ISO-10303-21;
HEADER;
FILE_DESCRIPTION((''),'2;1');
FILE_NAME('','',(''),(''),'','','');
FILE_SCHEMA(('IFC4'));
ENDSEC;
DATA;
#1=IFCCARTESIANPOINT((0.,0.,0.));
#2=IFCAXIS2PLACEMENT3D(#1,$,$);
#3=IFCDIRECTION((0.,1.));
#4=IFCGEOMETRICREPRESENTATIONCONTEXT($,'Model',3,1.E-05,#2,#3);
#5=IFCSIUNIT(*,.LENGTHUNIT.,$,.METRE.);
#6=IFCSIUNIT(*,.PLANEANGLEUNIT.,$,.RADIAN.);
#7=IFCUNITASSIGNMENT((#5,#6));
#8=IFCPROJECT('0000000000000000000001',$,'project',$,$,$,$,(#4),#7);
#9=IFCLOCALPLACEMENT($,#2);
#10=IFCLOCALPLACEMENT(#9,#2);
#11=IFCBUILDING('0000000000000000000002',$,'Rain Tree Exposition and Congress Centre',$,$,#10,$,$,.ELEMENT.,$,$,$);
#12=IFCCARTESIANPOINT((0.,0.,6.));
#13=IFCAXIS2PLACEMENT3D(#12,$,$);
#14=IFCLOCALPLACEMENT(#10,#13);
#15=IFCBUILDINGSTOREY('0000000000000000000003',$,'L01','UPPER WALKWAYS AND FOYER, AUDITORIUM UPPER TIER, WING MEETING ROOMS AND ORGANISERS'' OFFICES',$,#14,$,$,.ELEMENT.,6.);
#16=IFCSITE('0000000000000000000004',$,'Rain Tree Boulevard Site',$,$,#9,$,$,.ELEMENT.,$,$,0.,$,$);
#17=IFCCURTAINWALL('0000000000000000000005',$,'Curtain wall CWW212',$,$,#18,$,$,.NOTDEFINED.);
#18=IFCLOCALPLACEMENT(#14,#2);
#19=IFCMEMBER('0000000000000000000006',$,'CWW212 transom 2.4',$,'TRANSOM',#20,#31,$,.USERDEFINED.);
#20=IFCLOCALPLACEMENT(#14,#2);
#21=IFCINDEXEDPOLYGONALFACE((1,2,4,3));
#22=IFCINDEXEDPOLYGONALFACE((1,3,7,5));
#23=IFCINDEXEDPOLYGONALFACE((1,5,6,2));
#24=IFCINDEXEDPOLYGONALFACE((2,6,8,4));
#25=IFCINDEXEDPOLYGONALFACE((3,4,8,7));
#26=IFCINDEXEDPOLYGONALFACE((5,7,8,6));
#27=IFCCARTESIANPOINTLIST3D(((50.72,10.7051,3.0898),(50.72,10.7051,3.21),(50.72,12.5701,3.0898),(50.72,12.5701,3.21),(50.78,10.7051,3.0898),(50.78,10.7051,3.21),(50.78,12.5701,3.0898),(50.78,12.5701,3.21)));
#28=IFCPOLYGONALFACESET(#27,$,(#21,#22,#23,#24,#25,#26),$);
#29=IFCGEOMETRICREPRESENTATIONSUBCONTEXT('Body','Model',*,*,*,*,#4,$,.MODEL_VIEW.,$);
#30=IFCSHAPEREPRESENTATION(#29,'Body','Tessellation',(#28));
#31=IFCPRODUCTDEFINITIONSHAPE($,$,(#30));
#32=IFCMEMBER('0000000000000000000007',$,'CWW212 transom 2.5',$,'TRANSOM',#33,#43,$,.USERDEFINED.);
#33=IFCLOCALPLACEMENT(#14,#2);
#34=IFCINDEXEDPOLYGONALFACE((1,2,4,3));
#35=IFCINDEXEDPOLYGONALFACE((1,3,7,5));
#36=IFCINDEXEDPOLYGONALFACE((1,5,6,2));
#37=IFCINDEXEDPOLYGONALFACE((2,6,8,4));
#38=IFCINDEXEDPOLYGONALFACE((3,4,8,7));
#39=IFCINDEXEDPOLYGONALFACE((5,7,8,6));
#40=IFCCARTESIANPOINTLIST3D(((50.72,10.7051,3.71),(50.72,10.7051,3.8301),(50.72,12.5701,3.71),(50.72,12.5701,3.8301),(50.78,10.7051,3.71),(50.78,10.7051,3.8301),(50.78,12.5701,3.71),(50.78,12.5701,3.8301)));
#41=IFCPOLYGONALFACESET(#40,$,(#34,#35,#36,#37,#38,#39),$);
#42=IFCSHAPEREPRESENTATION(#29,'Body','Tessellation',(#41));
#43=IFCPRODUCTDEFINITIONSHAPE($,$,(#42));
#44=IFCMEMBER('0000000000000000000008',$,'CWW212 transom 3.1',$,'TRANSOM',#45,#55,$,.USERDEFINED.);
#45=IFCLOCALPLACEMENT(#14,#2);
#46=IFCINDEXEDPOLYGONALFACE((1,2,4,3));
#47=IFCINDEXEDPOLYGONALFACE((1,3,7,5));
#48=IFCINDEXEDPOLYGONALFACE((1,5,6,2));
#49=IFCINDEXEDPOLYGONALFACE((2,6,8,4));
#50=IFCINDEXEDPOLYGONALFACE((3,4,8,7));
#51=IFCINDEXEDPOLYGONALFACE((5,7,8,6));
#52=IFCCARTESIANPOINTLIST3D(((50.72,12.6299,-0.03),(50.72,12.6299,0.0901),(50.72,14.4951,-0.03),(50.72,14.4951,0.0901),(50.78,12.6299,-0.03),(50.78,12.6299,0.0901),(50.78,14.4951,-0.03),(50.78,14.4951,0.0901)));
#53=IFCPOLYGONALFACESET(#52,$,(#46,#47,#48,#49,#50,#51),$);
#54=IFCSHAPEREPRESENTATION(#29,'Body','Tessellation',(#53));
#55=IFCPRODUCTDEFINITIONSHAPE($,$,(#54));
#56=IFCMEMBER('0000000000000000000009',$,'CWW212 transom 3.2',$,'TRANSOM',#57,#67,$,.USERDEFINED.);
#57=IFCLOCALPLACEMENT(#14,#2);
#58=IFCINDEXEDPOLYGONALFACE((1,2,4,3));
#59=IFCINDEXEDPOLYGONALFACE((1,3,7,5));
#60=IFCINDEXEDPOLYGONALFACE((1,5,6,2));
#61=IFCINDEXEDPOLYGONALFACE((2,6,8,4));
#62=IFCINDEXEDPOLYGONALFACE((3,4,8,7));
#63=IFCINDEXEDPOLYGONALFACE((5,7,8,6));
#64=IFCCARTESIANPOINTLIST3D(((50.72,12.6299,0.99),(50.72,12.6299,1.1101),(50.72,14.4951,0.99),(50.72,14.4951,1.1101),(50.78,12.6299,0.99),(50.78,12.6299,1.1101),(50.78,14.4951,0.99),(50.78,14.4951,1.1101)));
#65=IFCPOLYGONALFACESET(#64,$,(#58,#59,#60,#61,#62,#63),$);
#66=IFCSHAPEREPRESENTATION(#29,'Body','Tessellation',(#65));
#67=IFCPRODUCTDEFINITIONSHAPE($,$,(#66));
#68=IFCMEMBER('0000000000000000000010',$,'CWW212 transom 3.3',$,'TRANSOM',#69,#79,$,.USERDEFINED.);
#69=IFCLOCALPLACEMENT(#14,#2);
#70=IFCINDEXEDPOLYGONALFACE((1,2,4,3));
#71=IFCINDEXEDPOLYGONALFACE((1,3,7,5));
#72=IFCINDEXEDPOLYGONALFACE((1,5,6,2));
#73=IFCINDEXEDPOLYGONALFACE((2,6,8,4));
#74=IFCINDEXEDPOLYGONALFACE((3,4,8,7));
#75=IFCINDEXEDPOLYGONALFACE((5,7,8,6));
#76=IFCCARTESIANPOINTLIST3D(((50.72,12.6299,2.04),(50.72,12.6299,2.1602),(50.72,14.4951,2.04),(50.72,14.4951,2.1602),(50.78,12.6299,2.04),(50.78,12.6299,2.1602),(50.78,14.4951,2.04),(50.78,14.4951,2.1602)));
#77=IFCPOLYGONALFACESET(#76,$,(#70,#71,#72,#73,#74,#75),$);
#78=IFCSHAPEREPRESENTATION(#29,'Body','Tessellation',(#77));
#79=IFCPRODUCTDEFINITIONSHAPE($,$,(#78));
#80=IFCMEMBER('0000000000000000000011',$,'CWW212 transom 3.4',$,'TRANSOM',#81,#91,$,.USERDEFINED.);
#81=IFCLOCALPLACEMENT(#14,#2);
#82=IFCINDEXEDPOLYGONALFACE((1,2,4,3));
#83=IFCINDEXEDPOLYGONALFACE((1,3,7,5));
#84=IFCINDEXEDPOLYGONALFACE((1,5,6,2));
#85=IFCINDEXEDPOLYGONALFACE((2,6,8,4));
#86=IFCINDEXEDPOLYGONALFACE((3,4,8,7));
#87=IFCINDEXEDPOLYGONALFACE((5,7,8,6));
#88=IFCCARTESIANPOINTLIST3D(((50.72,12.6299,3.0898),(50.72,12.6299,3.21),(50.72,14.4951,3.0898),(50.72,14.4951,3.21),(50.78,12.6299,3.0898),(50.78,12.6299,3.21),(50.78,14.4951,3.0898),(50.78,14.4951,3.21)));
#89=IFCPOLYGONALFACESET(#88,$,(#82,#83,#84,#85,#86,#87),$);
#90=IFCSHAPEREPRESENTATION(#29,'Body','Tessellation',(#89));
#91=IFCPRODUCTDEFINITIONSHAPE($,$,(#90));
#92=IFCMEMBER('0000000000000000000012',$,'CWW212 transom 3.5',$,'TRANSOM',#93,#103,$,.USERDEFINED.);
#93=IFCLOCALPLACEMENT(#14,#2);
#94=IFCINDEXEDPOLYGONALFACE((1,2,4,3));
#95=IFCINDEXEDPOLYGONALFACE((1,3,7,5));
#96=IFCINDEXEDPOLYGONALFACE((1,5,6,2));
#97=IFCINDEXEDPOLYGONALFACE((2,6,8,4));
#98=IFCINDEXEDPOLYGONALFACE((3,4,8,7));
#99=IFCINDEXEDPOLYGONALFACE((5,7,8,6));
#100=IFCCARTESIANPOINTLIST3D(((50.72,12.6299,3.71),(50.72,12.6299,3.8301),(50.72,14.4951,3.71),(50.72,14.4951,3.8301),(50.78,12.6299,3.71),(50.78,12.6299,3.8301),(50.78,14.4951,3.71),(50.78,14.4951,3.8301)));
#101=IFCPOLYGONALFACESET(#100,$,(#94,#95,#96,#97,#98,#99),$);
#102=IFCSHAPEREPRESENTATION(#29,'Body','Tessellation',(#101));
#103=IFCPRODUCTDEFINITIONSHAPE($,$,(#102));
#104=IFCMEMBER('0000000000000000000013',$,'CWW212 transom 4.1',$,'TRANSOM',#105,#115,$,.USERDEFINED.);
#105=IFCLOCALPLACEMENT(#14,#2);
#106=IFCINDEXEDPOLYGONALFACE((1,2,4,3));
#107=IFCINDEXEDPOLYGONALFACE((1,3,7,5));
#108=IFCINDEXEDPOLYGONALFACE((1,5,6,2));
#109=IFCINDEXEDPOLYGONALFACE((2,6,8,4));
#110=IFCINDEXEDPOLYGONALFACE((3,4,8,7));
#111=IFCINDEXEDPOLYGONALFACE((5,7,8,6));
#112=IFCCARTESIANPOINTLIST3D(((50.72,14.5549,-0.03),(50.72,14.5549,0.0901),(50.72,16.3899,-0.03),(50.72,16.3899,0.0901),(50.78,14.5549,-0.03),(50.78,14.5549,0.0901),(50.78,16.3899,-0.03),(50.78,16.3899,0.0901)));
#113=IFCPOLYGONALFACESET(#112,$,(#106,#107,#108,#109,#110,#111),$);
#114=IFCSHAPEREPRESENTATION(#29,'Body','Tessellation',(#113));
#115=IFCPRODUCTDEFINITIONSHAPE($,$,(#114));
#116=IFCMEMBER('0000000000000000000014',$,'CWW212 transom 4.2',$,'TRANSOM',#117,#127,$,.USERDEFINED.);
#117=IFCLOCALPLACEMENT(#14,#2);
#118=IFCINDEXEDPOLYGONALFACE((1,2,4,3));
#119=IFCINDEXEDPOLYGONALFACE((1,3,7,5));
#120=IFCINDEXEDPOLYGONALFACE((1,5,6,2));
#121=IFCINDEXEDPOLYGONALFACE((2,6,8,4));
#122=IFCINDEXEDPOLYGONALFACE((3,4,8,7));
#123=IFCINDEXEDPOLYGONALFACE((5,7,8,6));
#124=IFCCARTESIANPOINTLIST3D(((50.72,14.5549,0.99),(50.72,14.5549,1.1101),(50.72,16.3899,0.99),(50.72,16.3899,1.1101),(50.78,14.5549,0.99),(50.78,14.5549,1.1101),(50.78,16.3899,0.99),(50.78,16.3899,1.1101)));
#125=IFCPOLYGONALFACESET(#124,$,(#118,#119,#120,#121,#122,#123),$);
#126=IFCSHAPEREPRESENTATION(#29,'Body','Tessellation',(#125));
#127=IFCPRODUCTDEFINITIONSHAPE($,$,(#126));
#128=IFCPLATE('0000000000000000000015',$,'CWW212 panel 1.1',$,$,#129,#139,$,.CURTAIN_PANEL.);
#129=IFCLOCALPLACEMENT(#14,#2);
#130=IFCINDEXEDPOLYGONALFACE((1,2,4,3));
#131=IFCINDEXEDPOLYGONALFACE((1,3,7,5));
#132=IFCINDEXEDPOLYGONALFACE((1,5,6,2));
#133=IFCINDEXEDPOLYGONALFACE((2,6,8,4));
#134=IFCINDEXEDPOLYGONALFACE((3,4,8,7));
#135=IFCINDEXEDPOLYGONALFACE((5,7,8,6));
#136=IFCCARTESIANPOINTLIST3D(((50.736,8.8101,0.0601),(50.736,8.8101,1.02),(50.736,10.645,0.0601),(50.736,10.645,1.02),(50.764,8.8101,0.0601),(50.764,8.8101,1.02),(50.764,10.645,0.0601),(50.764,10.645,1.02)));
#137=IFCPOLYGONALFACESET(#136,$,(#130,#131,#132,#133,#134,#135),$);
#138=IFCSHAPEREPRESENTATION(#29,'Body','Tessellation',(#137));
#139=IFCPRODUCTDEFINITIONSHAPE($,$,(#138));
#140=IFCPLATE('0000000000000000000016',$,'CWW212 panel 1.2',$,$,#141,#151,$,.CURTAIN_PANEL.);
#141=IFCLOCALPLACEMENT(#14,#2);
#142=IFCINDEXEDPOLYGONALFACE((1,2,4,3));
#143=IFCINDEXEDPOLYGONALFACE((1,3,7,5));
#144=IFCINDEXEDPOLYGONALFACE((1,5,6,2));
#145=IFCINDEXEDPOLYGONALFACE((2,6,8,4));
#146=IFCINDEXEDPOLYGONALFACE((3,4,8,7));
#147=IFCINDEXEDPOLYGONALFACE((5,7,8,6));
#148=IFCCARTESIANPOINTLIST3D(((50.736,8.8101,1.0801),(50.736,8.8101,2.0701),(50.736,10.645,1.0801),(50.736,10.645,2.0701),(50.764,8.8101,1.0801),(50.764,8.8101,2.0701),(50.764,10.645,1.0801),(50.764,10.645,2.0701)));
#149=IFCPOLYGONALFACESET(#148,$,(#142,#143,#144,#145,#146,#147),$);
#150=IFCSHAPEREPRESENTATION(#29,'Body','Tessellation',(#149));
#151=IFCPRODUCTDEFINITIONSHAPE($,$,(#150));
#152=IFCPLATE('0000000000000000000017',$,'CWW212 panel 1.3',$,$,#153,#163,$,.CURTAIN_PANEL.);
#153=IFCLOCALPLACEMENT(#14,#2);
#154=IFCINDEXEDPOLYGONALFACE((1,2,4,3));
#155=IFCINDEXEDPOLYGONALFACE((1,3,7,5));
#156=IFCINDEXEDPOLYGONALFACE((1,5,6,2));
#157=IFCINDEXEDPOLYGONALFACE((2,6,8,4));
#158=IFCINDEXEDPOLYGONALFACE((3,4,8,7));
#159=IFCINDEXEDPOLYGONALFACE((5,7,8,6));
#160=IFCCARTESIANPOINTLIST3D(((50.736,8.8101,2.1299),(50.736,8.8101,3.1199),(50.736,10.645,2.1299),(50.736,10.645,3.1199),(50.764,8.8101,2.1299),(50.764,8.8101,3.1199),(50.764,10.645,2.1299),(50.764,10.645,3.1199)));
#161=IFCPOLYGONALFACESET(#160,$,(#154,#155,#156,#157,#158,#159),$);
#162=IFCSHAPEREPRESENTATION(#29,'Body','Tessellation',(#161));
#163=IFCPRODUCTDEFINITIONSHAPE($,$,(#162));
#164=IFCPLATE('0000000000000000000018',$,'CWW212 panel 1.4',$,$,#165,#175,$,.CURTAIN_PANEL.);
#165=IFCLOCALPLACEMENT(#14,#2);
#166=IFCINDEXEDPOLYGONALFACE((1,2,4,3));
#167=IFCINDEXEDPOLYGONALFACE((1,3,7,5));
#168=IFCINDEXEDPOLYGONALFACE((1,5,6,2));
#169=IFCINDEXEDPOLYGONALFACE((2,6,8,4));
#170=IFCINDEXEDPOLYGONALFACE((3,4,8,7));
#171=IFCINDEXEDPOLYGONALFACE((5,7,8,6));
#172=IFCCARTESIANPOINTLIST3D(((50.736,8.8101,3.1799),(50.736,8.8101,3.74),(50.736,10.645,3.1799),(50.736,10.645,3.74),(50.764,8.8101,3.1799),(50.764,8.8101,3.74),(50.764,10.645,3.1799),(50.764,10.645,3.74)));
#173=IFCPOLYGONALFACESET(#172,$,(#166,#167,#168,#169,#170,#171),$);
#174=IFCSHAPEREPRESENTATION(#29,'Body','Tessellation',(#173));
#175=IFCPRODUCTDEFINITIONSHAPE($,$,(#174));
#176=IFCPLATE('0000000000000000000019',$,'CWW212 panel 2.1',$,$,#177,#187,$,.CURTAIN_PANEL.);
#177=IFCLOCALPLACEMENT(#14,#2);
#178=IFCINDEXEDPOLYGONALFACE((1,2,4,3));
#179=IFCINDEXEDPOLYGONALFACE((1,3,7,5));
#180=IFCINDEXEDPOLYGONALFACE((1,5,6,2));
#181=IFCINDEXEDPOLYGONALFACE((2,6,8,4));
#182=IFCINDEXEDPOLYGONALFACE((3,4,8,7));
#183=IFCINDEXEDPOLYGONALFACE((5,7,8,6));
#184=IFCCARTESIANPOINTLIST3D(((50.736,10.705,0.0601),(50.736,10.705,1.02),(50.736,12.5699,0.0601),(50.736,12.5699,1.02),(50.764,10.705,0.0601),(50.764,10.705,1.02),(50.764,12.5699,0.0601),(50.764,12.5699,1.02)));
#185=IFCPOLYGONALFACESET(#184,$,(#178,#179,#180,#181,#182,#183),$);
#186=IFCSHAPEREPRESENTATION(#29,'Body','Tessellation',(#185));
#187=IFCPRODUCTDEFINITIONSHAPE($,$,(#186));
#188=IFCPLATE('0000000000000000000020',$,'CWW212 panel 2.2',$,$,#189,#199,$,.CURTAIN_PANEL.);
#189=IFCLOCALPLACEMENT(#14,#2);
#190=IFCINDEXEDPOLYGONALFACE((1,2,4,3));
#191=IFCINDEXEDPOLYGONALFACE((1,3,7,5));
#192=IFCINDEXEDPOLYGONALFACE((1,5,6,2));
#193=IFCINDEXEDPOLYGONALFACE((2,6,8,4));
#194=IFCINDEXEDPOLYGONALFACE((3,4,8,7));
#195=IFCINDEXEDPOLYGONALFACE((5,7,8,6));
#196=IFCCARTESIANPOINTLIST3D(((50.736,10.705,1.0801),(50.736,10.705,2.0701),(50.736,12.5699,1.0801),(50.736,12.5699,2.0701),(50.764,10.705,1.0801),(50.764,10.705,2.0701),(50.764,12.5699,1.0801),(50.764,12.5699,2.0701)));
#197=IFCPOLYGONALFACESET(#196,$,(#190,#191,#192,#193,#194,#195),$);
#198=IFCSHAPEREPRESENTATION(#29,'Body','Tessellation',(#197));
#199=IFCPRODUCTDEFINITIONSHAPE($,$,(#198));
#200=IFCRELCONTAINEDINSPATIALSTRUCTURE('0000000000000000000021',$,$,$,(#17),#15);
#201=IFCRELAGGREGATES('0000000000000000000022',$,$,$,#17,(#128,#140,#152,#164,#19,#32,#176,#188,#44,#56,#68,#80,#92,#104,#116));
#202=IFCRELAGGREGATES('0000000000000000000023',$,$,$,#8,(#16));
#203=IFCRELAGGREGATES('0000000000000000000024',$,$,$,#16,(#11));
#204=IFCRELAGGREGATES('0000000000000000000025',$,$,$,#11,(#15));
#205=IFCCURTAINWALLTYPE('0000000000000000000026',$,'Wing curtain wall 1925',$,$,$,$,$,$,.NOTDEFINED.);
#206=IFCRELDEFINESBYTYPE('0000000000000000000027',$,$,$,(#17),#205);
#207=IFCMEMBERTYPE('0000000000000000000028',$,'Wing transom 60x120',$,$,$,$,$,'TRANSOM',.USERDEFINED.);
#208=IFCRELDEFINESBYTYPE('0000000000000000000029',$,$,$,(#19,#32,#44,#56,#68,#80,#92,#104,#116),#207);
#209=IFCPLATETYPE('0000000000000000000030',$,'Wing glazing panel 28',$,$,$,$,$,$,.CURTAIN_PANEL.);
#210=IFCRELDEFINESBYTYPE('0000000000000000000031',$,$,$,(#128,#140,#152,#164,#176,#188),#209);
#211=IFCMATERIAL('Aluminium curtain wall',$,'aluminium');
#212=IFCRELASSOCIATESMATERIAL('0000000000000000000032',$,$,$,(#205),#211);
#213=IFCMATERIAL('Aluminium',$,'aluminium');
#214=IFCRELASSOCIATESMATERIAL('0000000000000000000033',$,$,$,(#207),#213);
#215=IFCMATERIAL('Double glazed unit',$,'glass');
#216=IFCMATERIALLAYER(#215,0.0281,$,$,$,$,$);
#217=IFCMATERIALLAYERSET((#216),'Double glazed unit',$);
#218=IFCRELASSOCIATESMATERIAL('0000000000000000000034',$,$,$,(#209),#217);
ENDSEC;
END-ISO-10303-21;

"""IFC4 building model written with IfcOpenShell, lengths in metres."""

from ifc_helpers import new_model, si_unit, direction, frame, origin, origin_2d, place, context, subcontext, project, spatial, rectangle, extrude, material, layer, layer_set, material_profile, profile_set, type_object, element, aggregate, save


model = new_model("IFC4")

# Units and contexts
model_context = context("Model", 3, precision=1e-05, world=origin(), true_north=direction((0.0, 1.0)))
body_context = subcontext(model_context, "Body", "Model", "MODEL_VIEW")
ifc_project = project(units=[si_unit("LENGTHUNIT", "METRE"), si_unit("PLANEANGLEUNIT", "RADIAN")], contexts=[model_context])

# Site, building, storey
site_placement = place(None, origin())
site = spatial("IfcSite", under=ifc_project, at=site_placement, Name="Rain Tree Boulevard Site", CompositionType="ELEMENT", RefElevation=0.0)
building_placement = place(site_placement, origin())
building = spatial("IfcBuilding", under=site, at=building_placement, Name="Rain Tree Exposition and Congress Centre", CompositionType="ELEMENT")
storey_placement = place(building_placement, frame((0.0, 0.0, 6.0)))
storey = spatial("IfcBuildingStorey", under=building, at=storey_placement, Name="L01", Description="UPPER WALKWAYS AND FOYER, AUDITORIUM UPPER TIER, WING MEETING ROOMS AND ORGANISERS' OFFICES", CompositionType="ELEMENT", Elevation=6.0)

# Curtain wall, members, plates
ifc_material_1 = material(Name="Aluminium curtain wall", Category="aluminium")
curtain_wall_type = type_object("IfcCurtainWallType", Name="Wing curtain wall 1925", PredefinedType="NOTDEFINED", material=ifc_material_1)
curtain_wall_placement = place(storey_placement, origin())
curtain_wall = element("IfcCurtainWall", 1, at=curtain_wall_placement, inside=storey, type_object=curtain_wall_type, Name="Curtain wall CWW212", PredefinedType="NOTDEFINED")
ifc_material_2 = material(Name="Aluminium", Category="aluminium")
ifc_material_profile_1 = material_profile(ifc_material_2, rectangle(XDim=0.0601, YDim=0.1201, at=origin_2d()), Name="Aluminium 60x120")
ifc_profile_set_1 = profile_set([ifc_material_profile_1], Name="Aluminium")
member_type_1 = type_object("IfcMemberType", Name="Wing transom 60x120", ElementType="TRANSOM", PredefinedType="USERDEFINED", material=ifc_profile_set_1)
member_1_placement = place(storey_placement, frame((50.75, 10.7051, 3.1499), z_axis=(0.0, 1.0, 0.0), x_axis=(-1.0, 0.0, 0.0)))
member_1 = element("IfcMember", 2, at=member_1_placement, type_object=member_type_1, Name="CWW212 transom 2.4", ObjectType="TRANSOM", PredefinedType="USERDEFINED", context=body_context, shape_type="SweptSolid", body=[
    extrude(rectangle(XDim=0.0601, YDim=0.1201, at=origin_2d()), origin(), (0.0, 0.0, 1.0), 1.865),
])
member_2_placement = place(storey_placement, frame((50.75, 10.7051, 3.77), z_axis=(0.0, 1.0, 0.0), x_axis=(-1.0, 0.0, 0.0)))
member_2 = element("IfcMember", 3, at=member_2_placement, type_object=member_type_1, Name="CWW212 transom 2.5", ObjectType="TRANSOM", PredefinedType="USERDEFINED", context=body_context, shape_type="SweptSolid", body=[
    extrude(rectangle(XDim=0.0601, YDim=0.1201, at=origin_2d()), origin(), (0.0, 0.0, 1.0), 1.865),
])
member_3_placement = place(storey_placement, frame((50.75, 12.6299, 0.03), z_axis=(0.0, 1.0, 0.0), x_axis=(-1.0, 0.0, 0.0)))
member_3 = element("IfcMember", 4, at=member_3_placement, type_object=member_type_1, Name="CWW212 transom 3.1", ObjectType="TRANSOM", PredefinedType="USERDEFINED", context=body_context, shape_type="SweptSolid", body=[
    extrude(rectangle(XDim=0.0601, YDim=0.1201, at=origin_2d()), origin(), (0.0, 0.0, 1.0), 1.8652),
])
member_4_placement = place(storey_placement, frame((50.75, 12.6299, 1.05), z_axis=(0.0, 1.0, 0.0), x_axis=(-1.0, 0.0, 0.0)))
member_4 = element("IfcMember", 5, at=member_4_placement, type_object=member_type_1, Name="CWW212 transom 3.2", ObjectType="TRANSOM", PredefinedType="USERDEFINED", context=body_context, shape_type="SweptSolid", body=[
    extrude(rectangle(XDim=0.0601, YDim=0.1201, at=origin_2d()), origin(), (0.0, 0.0, 1.0), 1.8652),
])
member_5_placement = place(storey_placement, frame((50.75, 12.6299, 2.1001), z_axis=(0.0, 1.0, 0.0), x_axis=(-1.0, 0.0, 0.0)))
member_5 = element("IfcMember", 6, at=member_5_placement, type_object=member_type_1, Name="CWW212 transom 3.3", ObjectType="TRANSOM", PredefinedType="USERDEFINED", context=body_context, shape_type="SweptSolid", body=[
    extrude(rectangle(XDim=0.0601, YDim=0.1201, at=origin_2d()), origin(), (0.0, 0.0, 1.0), 1.8652),
])
member_6_placement = place(storey_placement, frame((50.75, 12.6299, 3.1499), z_axis=(0.0, 1.0, 0.0), x_axis=(-1.0, 0.0, 0.0)))
member_6 = element("IfcMember", 7, at=member_6_placement, type_object=member_type_1, Name="CWW212 transom 3.4", ObjectType="TRANSOM", PredefinedType="USERDEFINED", context=body_context, shape_type="SweptSolid", body=[
    extrude(rectangle(XDim=0.0601, YDim=0.1201, at=origin_2d()), origin(), (0.0, 0.0, 1.0), 1.8652),
])
member_7_placement = place(storey_placement, frame((50.75, 12.6299, 3.77), z_axis=(0.0, 1.0, 0.0), x_axis=(-1.0, 0.0, 0.0)))
member_7 = element("IfcMember", 8, at=member_7_placement, type_object=member_type_1, Name="CWW212 transom 3.5", ObjectType="TRANSOM", PredefinedType="USERDEFINED", context=body_context, shape_type="SweptSolid", body=[
    extrude(rectangle(XDim=0.0601, YDim=0.1201, at=origin_2d()), origin(), (0.0, 0.0, 1.0), 1.8652),
])
member_8_placement = place(storey_placement, frame((50.75, 14.5549, 0.03), z_axis=(0.0, 1.0, 0.0), x_axis=(-1.0, 0.0, 0.0)))
member_8 = element("IfcMember", 9, at=member_8_placement, type_object=member_type_1, Name="CWW212 transom 4.1", ObjectType="TRANSOM", PredefinedType="USERDEFINED", context=body_context, shape_type="SweptSolid", body=[
    extrude(rectangle(XDim=0.0601, YDim=0.1201, at=origin_2d()), origin(), (0.0, 0.0, 1.0), 1.835),
])
member_9_placement = place(storey_placement, frame((50.75, 14.5549, 1.05), z_axis=(0.0, 1.0, 0.0), x_axis=(-1.0, 0.0, 0.0)))
member_9 = element("IfcMember", 10, at=member_9_placement, type_object=member_type_1, Name="CWW212 transom 4.2", ObjectType="TRANSOM", PredefinedType="USERDEFINED", context=body_context, shape_type="SweptSolid", body=[
    extrude(rectangle(XDim=0.0601, YDim=0.1201, at=origin_2d()), origin(), (0.0, 0.0, 1.0), 1.835),
])
ifc_material_3 = material(Name="Double glazed unit", Category="glass")
ifc_layer_1 = layer(ifc_material_3, 0.0281)
ifc_layer_set_1 = layer_set([ifc_layer_1], Name="Double glazed unit")
plate_type = type_object("IfcPlateType", Name="Wing glazing panel 28", PredefinedType="CURTAIN_PANEL", material=ifc_layer_set_1)
plate_1_placement = place(storey_placement, frame((50.75, 9.7275, 0.0601), z_axis=(0.0, 0.0, 1.0), x_axis=(0.0, 1.0, 0.0)))
plate_1 = element("IfcPlate", 11, at=plate_1_placement, type_object=plate_type, Name="CWW212 panel 1.1", PredefinedType="CURTAIN_PANEL", context=body_context, shape_type="SweptSolid", body=[
    extrude(rectangle(XDim=1.835, YDim=0.0281, at=origin_2d()), origin(), (0.0, 0.0, 1.0), 0.96),
])
plate_2_placement = place(storey_placement, frame((50.75, 9.7275, 1.0801), z_axis=(0.0, 0.0, 1.0), x_axis=(0.0, 1.0, 0.0)))
plate_2 = element("IfcPlate", 12, at=plate_2_placement, type_object=plate_type, Name="CWW212 panel 1.2", PredefinedType="CURTAIN_PANEL", context=body_context, shape_type="SweptSolid", body=[
    extrude(rectangle(XDim=1.835, YDim=0.0281, at=origin_2d()), origin(), (0.0, 0.0, 1.0), 0.99),
])
plate_3_placement = place(storey_placement, frame((50.75, 9.7275, 2.1299), z_axis=(0.0, 0.0, 1.0), x_axis=(0.0, 1.0, 0.0)))
plate_3 = element("IfcPlate", 13, at=plate_3_placement, type_object=plate_type, Name="CWW212 panel 1.3", PredefinedType="CURTAIN_PANEL", context=body_context, shape_type="SweptSolid", body=[
    extrude(rectangle(XDim=1.835, YDim=0.0281, at=origin_2d()), origin(), (0.0, 0.0, 1.0), 0.99),
])
plate_4_placement = place(storey_placement, frame((50.75, 9.7275, 3.1799), z_axis=(0.0, 0.0, 1.0), x_axis=(0.0, 1.0, 0.0)))
plate_4 = element("IfcPlate", 14, at=plate_4_placement, type_object=plate_type, Name="CWW212 panel 1.4", PredefinedType="CURTAIN_PANEL", context=body_context, shape_type="SweptSolid", body=[
    extrude(rectangle(XDim=1.835, YDim=0.0281, at=origin_2d()), origin(), (0.0, 0.0, 1.0), 0.5601),
])
plate_5_placement = place(storey_placement, frame((50.75, 11.6375, 0.0601), z_axis=(0.0, 0.0, 1.0), x_axis=(0.0, 1.0, 0.0)))
plate_5 = element("IfcPlate", 15, at=plate_5_placement, type_object=plate_type, Name="CWW212 panel 2.1", PredefinedType="CURTAIN_PANEL", context=body_context, shape_type="SweptSolid", body=[
    extrude(rectangle(XDim=1.865, YDim=0.0281, at=origin_2d()), origin(), (0.0, 0.0, 1.0), 0.96),
])
plate_6_placement = place(storey_placement, frame((50.75, 11.6375, 1.0801), z_axis=(0.0, 0.0, 1.0), x_axis=(0.0, 1.0, 0.0)))
plate_6 = element("IfcPlate", 16, at=plate_6_placement, type_object=plate_type, Name="CWW212 panel 2.2", PredefinedType="CURTAIN_PANEL", context=body_context, shape_type="SweptSolid", body=[
    extrude(rectangle(XDim=1.865, YDim=0.0281, at=origin_2d()), origin(), (0.0, 0.0, 1.0), 0.99),
])
aggregate(curtain_wall, [plate_1, plate_2, plate_3, plate_4, member_1, member_2, plate_5, plate_6, member_3, member_4, member_5, member_6, member_7, member_8, member_9])

save(model, "model.ifc")
